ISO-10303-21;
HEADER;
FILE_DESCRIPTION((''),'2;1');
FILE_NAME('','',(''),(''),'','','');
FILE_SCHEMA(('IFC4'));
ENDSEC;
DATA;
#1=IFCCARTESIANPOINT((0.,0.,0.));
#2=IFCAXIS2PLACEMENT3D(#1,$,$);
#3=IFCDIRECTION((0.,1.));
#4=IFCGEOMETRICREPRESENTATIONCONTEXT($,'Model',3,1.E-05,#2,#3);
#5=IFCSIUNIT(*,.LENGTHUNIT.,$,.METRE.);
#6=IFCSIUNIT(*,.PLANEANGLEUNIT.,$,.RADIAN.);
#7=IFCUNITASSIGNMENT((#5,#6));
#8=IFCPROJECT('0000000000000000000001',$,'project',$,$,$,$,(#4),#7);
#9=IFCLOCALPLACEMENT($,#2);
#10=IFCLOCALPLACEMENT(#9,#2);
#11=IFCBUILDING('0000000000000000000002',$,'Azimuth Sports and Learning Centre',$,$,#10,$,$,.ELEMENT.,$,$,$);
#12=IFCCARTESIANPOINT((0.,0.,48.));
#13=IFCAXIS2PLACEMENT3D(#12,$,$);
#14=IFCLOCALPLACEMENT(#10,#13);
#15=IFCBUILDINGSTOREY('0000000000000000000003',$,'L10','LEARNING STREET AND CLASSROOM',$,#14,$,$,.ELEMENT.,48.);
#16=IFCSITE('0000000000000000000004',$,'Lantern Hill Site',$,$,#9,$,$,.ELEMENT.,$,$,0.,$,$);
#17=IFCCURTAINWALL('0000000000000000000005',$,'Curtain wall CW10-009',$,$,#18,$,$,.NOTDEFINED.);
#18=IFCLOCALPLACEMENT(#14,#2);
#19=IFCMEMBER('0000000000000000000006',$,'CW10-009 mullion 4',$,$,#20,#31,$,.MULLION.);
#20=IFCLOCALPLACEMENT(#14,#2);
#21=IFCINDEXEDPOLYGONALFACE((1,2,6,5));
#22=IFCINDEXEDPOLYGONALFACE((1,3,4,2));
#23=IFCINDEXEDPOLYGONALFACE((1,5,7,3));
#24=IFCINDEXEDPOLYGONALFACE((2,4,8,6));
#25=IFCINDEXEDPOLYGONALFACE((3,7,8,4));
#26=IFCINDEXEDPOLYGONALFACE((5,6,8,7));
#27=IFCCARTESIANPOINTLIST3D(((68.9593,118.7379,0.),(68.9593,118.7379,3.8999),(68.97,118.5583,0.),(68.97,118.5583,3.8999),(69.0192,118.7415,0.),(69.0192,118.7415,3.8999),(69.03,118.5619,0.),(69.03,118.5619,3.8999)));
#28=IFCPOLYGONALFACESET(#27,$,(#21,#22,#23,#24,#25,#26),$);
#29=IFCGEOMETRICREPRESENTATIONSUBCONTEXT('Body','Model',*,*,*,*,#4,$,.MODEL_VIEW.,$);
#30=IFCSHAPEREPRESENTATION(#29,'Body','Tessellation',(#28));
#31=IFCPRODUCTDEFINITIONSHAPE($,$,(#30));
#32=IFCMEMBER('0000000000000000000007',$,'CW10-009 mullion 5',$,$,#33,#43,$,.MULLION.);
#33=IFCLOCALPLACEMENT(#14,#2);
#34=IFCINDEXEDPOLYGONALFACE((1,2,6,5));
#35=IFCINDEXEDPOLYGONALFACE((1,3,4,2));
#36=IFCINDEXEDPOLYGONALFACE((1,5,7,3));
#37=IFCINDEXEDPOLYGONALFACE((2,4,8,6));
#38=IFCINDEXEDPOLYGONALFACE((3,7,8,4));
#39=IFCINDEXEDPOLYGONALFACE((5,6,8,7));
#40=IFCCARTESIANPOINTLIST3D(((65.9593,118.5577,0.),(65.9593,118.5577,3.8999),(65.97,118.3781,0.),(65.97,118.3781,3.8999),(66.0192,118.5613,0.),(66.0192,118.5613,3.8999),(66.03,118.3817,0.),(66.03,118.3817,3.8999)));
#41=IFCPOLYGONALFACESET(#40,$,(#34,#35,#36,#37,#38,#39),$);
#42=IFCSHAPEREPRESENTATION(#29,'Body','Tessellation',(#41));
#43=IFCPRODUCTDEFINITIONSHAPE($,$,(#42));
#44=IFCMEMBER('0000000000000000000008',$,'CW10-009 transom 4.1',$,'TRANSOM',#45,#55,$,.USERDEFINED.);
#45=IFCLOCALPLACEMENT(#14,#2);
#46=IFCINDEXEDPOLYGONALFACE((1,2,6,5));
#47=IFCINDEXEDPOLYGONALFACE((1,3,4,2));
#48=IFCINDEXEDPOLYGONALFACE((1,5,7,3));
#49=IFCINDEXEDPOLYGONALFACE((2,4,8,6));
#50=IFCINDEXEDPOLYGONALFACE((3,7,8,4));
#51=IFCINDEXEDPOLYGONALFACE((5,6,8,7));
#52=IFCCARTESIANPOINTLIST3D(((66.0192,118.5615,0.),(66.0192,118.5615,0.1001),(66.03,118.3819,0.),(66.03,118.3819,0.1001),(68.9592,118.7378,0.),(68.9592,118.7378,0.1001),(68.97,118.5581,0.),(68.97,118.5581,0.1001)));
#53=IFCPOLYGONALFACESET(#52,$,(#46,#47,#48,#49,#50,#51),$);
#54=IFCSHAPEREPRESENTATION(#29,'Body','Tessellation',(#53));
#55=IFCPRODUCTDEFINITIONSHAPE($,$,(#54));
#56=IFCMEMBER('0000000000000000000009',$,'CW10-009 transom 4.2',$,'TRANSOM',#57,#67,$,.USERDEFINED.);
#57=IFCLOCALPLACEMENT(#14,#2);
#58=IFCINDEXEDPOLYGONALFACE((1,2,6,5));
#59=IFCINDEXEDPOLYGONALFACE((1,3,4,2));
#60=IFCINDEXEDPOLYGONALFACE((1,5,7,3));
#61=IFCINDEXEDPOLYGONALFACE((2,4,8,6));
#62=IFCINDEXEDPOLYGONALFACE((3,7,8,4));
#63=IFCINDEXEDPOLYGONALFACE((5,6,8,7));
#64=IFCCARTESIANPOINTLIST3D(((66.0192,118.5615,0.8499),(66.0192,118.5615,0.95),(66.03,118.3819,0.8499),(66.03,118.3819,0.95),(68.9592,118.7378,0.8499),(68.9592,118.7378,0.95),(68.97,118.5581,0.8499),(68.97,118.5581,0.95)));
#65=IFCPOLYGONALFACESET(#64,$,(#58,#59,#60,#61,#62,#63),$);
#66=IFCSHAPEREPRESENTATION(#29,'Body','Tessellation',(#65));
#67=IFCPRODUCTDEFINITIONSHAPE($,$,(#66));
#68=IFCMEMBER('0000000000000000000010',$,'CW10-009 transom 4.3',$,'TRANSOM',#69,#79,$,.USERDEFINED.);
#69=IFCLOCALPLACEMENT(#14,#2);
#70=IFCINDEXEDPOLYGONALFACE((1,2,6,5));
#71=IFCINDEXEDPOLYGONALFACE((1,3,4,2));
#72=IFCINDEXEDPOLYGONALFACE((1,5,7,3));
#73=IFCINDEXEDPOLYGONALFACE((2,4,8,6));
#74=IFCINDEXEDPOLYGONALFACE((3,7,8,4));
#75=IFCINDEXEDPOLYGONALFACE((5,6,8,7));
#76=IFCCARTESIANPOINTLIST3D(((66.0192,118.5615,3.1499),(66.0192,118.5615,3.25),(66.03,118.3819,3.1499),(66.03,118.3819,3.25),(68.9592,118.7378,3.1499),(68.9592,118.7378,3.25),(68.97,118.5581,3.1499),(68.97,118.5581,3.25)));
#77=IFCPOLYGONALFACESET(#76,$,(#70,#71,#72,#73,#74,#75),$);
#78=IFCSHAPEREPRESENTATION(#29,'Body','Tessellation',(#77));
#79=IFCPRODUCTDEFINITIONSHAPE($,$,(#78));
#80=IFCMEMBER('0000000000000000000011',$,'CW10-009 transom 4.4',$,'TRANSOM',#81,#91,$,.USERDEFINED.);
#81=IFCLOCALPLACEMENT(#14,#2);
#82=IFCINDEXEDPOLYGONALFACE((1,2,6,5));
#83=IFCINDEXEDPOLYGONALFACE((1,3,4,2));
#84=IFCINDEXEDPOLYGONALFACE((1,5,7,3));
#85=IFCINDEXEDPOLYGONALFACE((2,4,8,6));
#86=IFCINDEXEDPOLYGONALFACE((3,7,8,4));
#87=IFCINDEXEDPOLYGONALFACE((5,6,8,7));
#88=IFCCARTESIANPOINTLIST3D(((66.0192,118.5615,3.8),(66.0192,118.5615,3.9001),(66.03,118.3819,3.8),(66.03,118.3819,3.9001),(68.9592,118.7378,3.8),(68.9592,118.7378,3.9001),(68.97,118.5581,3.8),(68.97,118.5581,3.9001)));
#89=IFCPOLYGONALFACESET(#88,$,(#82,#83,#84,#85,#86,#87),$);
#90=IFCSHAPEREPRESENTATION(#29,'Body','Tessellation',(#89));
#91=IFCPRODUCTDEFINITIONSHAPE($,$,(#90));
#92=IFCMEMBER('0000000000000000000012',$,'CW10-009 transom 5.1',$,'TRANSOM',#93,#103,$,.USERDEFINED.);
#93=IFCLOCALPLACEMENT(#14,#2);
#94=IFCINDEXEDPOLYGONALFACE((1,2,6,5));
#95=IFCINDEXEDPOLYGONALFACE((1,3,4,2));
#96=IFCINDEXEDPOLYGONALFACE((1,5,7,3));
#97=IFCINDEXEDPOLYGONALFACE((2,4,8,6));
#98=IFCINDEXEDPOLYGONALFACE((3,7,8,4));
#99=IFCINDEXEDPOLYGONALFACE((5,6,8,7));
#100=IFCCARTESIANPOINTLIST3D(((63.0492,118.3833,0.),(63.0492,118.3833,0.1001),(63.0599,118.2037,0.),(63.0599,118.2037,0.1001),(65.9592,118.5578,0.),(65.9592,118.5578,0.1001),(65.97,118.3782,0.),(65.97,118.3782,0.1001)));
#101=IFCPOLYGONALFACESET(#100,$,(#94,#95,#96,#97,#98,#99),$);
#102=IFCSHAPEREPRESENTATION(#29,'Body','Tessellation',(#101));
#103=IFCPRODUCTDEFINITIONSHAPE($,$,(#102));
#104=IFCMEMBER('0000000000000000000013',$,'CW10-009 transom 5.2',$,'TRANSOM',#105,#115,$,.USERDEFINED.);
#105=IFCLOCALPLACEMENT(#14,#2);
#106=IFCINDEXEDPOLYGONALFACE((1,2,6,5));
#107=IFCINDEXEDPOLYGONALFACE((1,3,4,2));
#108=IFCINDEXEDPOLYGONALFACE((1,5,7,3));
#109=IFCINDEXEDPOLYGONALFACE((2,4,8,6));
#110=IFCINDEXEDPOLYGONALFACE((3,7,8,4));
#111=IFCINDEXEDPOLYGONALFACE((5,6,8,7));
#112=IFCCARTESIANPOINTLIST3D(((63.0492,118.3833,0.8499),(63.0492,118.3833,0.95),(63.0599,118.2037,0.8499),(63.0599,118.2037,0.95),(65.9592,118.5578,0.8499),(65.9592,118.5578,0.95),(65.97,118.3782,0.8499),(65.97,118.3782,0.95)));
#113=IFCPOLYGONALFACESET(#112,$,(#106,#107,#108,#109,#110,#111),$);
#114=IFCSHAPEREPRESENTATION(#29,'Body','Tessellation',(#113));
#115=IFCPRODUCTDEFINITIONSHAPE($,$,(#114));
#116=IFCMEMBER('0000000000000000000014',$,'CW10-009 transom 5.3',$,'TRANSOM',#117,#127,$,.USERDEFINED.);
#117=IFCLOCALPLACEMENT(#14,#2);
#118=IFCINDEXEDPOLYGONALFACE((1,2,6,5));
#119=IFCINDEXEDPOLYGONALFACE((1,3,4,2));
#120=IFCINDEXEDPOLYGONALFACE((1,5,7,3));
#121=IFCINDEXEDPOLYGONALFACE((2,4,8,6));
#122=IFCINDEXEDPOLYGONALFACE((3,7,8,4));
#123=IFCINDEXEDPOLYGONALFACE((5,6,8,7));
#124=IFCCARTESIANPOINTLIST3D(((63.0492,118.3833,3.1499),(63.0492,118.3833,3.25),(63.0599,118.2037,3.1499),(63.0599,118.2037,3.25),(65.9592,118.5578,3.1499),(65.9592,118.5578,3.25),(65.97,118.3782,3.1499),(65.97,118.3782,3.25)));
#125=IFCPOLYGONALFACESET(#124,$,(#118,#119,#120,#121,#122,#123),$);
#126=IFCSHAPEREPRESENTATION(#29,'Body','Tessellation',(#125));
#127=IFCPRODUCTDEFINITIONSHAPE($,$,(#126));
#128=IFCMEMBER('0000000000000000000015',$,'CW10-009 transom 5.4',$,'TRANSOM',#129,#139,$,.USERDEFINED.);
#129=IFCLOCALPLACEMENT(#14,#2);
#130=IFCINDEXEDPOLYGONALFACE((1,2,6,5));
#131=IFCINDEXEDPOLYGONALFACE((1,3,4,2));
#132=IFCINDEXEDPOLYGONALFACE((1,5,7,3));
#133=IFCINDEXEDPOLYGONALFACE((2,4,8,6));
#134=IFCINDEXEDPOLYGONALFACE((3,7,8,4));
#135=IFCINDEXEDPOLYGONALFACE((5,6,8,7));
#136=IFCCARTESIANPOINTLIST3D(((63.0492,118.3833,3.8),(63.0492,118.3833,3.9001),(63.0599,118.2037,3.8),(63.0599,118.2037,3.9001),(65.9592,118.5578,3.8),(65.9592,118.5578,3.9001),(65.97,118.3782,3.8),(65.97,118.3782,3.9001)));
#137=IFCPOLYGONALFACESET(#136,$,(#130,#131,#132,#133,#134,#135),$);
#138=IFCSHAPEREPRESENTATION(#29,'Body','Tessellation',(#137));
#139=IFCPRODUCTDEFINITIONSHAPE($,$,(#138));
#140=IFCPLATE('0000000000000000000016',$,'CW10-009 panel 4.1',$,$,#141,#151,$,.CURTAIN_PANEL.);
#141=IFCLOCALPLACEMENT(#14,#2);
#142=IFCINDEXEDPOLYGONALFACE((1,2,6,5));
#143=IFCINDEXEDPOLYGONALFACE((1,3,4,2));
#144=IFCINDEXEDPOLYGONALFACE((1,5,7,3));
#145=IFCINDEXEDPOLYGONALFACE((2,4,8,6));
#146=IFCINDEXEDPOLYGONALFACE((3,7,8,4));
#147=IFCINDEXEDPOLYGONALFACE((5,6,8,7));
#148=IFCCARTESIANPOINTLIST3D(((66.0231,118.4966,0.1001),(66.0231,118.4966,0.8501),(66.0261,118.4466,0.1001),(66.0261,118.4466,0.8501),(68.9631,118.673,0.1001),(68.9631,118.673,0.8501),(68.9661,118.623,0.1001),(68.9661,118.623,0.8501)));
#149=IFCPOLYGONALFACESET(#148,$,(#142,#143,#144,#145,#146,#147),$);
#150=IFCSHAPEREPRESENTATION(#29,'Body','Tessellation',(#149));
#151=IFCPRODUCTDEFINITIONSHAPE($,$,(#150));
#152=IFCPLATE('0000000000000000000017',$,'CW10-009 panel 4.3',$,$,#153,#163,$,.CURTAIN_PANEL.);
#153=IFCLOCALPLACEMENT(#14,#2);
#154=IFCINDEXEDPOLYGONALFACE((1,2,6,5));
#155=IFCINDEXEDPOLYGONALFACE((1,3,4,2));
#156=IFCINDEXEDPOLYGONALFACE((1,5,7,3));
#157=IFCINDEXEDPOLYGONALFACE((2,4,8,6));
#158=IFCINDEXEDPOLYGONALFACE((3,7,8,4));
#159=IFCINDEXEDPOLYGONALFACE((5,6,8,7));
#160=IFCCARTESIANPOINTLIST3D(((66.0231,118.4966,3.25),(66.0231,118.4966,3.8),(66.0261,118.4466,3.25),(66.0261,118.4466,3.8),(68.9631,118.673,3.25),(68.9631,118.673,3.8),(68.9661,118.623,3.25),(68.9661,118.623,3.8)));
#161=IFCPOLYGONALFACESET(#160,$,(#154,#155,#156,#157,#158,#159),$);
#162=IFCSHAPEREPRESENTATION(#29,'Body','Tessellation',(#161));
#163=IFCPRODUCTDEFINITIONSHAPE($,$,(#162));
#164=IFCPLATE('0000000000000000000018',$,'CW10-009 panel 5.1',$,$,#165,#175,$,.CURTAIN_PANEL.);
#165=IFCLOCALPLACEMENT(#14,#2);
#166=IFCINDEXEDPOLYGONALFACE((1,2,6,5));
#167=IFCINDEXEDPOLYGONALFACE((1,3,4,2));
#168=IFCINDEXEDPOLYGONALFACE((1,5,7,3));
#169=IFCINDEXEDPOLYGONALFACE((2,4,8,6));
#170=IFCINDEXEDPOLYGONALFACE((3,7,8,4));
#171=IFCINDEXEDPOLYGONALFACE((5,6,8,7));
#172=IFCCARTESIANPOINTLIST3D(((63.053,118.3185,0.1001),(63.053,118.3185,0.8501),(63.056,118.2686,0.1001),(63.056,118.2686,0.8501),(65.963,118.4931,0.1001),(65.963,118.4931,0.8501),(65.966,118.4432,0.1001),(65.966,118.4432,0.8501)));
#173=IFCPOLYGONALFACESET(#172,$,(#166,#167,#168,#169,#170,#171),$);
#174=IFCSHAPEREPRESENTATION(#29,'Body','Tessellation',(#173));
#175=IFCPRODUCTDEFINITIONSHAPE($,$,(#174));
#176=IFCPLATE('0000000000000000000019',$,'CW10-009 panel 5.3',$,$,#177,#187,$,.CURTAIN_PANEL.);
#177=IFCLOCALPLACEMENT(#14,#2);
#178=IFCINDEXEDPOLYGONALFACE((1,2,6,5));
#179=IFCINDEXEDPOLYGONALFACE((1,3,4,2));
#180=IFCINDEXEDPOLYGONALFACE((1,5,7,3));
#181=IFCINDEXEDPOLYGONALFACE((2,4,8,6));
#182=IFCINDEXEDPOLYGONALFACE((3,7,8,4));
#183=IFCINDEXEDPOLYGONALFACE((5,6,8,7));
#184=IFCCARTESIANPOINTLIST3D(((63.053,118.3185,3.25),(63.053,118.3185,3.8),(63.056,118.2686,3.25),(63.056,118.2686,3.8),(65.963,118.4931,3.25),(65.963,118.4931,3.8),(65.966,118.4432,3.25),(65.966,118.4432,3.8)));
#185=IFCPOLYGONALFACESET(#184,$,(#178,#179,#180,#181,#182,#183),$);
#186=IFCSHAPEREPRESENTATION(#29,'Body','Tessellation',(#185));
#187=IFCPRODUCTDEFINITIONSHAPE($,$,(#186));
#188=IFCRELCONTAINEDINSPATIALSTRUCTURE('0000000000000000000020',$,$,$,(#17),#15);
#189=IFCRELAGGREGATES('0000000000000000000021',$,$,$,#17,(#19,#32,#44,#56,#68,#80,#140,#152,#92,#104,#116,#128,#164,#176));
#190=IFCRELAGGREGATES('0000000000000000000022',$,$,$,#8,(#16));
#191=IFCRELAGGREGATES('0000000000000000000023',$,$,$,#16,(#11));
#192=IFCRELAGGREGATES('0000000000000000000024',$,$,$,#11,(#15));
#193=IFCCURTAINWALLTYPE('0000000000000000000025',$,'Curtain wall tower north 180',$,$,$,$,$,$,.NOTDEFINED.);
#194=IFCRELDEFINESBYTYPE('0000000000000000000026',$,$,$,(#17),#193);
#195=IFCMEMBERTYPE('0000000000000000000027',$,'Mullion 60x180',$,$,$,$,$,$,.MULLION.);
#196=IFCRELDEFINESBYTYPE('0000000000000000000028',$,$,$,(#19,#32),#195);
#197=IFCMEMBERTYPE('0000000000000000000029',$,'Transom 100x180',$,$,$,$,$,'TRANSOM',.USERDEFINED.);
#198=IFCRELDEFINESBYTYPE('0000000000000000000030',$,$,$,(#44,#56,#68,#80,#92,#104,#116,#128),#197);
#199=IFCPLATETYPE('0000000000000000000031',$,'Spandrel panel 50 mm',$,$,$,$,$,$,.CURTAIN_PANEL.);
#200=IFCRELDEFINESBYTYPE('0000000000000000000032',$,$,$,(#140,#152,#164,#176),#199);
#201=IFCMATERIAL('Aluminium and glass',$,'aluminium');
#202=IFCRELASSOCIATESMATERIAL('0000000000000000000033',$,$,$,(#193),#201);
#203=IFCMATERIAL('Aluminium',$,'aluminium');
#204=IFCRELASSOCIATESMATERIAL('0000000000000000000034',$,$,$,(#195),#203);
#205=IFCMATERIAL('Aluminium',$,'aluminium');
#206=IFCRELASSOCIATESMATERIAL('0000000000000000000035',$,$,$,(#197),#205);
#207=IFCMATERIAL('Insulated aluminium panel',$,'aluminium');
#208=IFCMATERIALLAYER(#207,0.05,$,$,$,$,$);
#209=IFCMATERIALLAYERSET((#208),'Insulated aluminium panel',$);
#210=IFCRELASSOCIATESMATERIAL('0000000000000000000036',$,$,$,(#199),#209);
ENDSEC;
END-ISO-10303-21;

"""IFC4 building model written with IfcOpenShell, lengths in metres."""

from ifc_helpers import new_model, si_unit, direction, frame, origin, origin_2d, place, context, subcontext, project, spatial, rectangle, extrude, material, layer, layer_set, material_profile, profile_set, type_object, element, aggregate, save


model = new_model("IFC4")

# Units and contexts
model_context = context("Model", 3, precision=1e-05, world=origin(), true_north=direction((0.0, 1.0)))
body_context = subcontext(model_context, "Body", "Model", "MODEL_VIEW")
ifc_project = project(units=[si_unit("LENGTHUNIT", "METRE"), si_unit("PLANEANGLEUNIT", "RADIAN")], contexts=[model_context])

# Site, building, storey
site_placement = place(None, origin())
site = spatial("IfcSite", under=ifc_project, at=site_placement, Name="Lantern Hill Site", CompositionType="ELEMENT", RefElevation=0.0)
building_placement = place(site_placement, origin())
building = spatial("IfcBuilding", under=site, at=building_placement, Name="Azimuth Sports and Learning Centre", CompositionType="ELEMENT")
storey_placement = place(building_placement, frame((0.0, 0.0, 48.0)))
storey = spatial("IfcBuildingStorey", under=building, at=storey_placement, Name="L10", Description="LEARNING STREET AND CLASSROOM", CompositionType="ELEMENT", Elevation=48.0)

# Curtain wall, members, plates
ifc_material_1 = material(Name="Aluminium and glass", Category="aluminium")
curtain_wall_type = type_object("IfcCurtainWallType", Name="Curtain wall tower north 180", PredefinedType="NOTDEFINED", material=ifc_material_1)
curtain_wall_placement = place(storey_placement, origin())
curtain_wall = element("IfcCurtainWall", 1, at=curtain_wall_placement, inside=storey, type_object=curtain_wall_type, Name="Curtain wall CW10-009", PredefinedType="NOTDEFINED")
ifc_material_2 = material(Name="Aluminium", Category="aluminium")
ifc_material_profile_1 = material_profile(ifc_material_2, rectangle(XDim=0.1799, YDim=0.0601, at=origin_2d()), Name="Mullion 60x180")
ifc_profile_set_1 = profile_set([ifc_material_profile_1], Name="Aluminium")
member_type_1 = type_object("IfcMemberType", Name="Mullion 60x180", PredefinedType="MULLION", material=ifc_profile_set_1)
member_1_placement = place(storey_placement, frame((68.9946, 118.6499, 0.0), z_axis=(0.0, 0.0, 1.0), x_axis=(0.059892, -0.998205, 0.0)))
member_1 = element("IfcMember", 2, at=member_1_placement, type_object=member_type_1, Name="CW10-009 mullion 4", PredefinedType="MULLION", context=body_context, shape_type="SweptSolid", body=[
    extrude(rectangle(XDim=0.1799, YDim=0.0601, at=origin_2d()), origin(), (0.0, 0.0, 1.0), 3.8999),
])
member_2_placement = place(storey_placement, frame((65.9946, 118.4697, 0.0), z_axis=(0.0, 0.0, 1.0), x_axis=(0.059892, -0.998205, 0.0)))
member_2 = element("IfcMember", 3, at=member_2_placement, type_object=member_type_1, Name="CW10-009 mullion 5", PredefinedType="MULLION", context=body_context, shape_type="SweptSolid", body=[
    extrude(rectangle(XDim=0.1799, YDim=0.0601, at=origin_2d()), origin(), (0.0, 0.0, 1.0), 3.8999),
])
ifc_material_3 = material(Name="Aluminium", Category="aluminium")
ifc_material_profile_2 = material_profile(ifc_material_3, rectangle(XDim=0.1799, YDim=0.1001, at=origin_2d()), Name="Transom 100x180")
ifc_profile_set_2 = profile_set([ifc_material_profile_2], Name="Aluminium")
member_type_2 = type_object("IfcMemberType", Name="Transom 100x180", ElementType="TRANSOM", PredefinedType="USERDEFINED", material=ifc_profile_set_2)
member_3_placement = place(storey_placement, frame((68.9646, 118.6479, 0.05), z_axis=(-0.998207, -0.059849, 0.0), x_axis=(0.059849, -0.998207, 0.0)))
member_3 = element("IfcMember", 4, at=member_3_placement, type_object=member_type_2, Name="CW10-009 transom 4.1", ObjectType="TRANSOM", PredefinedType="USERDEFINED", context=body_context, shape_type="SweptSolid", body=[
    extrude(rectangle(XDim=0.1799, YDim=0.1001, at=origin_2d()), origin(), (0.0, 0.0, 1.0), 2.9453),
])
member_4_placement = place(storey_placement, frame((68.9646, 118.6479, 0.8999), z_axis=(-0.998207, -0.059849, 0.0), x_axis=(0.059849, -0.998207, 0.0)))
member_4 = element("IfcMember", 5, at=member_4_placement, type_object=member_type_2, Name="CW10-009 transom 4.2", ObjectType="TRANSOM", PredefinedType="USERDEFINED", context=body_context, shape_type="SweptSolid", body=[
    extrude(rectangle(XDim=0.1799, YDim=0.1001, at=origin_2d()), origin(), (0.0, 0.0, 1.0), 2.9453),
])
member_5_placement = place(storey_placement, frame((68.9646, 118.6479, 3.2), z_axis=(-0.998207, -0.059849, 0.0), x_axis=(0.059849, -0.998207, 0.0)))
member_5 = element("IfcMember", 6, at=member_5_placement, type_object=member_type_2, Name="CW10-009 transom 4.3", ObjectType="TRANSOM", PredefinedType="USERDEFINED", context=body_context, shape_type="SweptSolid", body=[
    extrude(rectangle(XDim=0.1799, YDim=0.1001, at=origin_2d()), origin(), (0.0, 0.0, 1.0), 2.9453),
])
member_6_placement = place(storey_placement, frame((68.9646, 118.6479, 3.8501), z_axis=(-0.998207, -0.059849, 0.0), x_axis=(0.059849, -0.998207, 0.0)))
member_6 = element("IfcMember", 7, at=member_6_placement, type_object=member_type_2, Name="CW10-009 transom 4.4", ObjectType="TRANSOM", PredefinedType="USERDEFINED", context=body_context, shape_type="SweptSolid", body=[
    extrude(rectangle(XDim=0.1799, YDim=0.1001, at=origin_2d()), origin(), (0.0, 0.0, 1.0), 2.9453),
])
member_7_placement = place(storey_placement, frame((65.9646, 118.468, 0.05), z_axis=(-0.998206, -0.059876, 0.0), x_axis=(0.059876, -0.998206, 0.0)))
member_7 = element("IfcMember", 8, at=member_7_placement, type_object=member_type_2, Name="CW10-009 transom 5.1", ObjectType="TRANSOM", PredefinedType="USERDEFINED", context=body_context, shape_type="SweptSolid", body=[
    extrude(rectangle(XDim=0.1799, YDim=0.1001, at=origin_2d()), origin(), (0.0, 0.0, 1.0), 2.9153),
])
member_8_placement = place(storey_placement, frame((65.9646, 118.468, 0.8999), z_axis=(-0.998206, -0.059876, 0.0), x_axis=(0.059876, -0.998206, 0.0)))
member_8 = element("IfcMember", 9, at=member_8_placement, type_object=member_type_2, Name="CW10-009 transom 5.2", ObjectType="TRANSOM", PredefinedType="USERDEFINED", context=body_context, shape_type="SweptSolid", body=[
    extrude(rectangle(XDim=0.1799, YDim=0.1001, at=origin_2d()), origin(), (0.0, 0.0, 1.0), 2.9153),
])
member_9_placement = place(storey_placement, frame((65.9646, 118.468, 3.2), z_axis=(-0.998206, -0.059876, 0.0), x_axis=(0.059876, -0.998206, 0.0)))
member_9 = element("IfcMember", 10, at=member_9_placement, type_object=member_type_2, Name="CW10-009 transom 5.3", ObjectType="TRANSOM", PredefinedType="USERDEFINED", context=body_context, shape_type="SweptSolid", body=[
    extrude(rectangle(XDim=0.1799, YDim=0.1001, at=origin_2d()), origin(), (0.0, 0.0, 1.0), 2.9153),
])
member_10_placement = place(storey_placement, frame((65.9646, 118.468, 3.8501), z_axis=(-0.998206, -0.059876, 0.0), x_axis=(0.059876, -0.998206, 0.0)))
member_10 = element("IfcMember", 11, at=member_10_placement, type_object=member_type_2, Name="CW10-009 transom 5.4", ObjectType="TRANSOM", PredefinedType="USERDEFINED", context=body_context, shape_type="SweptSolid", body=[
    extrude(rectangle(XDim=0.1799, YDim=0.1001, at=origin_2d()), origin(), (0.0, 0.0, 1.0), 2.9153),
])
ifc_material_4 = material(Name="Insulated aluminium panel", Category="aluminium")
ifc_layer_1 = layer(ifc_material_4, 0.05)
ifc_layer_set_1 = layer_set([ifc_layer_1], Name="Insulated aluminium panel")
plate_type_1 = type_object("IfcPlateType", Name="Spandrel panel 50 mm", PredefinedType="CURTAIN_PANEL", material=ifc_layer_set_1)
plate_1_placement = place(storey_placement, frame((67.4946, 118.5598, 0.1001), z_axis=(0.0, 0.0, 1.0), x_axis=(-0.998205, -0.059892, 0.0)))
plate_1 = element("IfcPlate", 12, at=plate_1_placement, type_object=plate_type_1, Name="CW10-009 panel 4.1", PredefinedType="CURTAIN_PANEL", context=body_context, shape_type="SweptSolid", body=[
    extrude(rectangle(XDim=2.9453, YDim=0.05, at=origin_2d()), origin(), (0.0, 0.0, 1.0), 0.75),
])
plate_2_placement = place(storey_placement, frame((67.4946, 118.5598, 3.25), z_axis=(0.0, 0.0, 1.0), x_axis=(-0.998205, -0.059892, 0.0)))
plate_2 = element("IfcPlate", 13, at=plate_2_placement, type_object=plate_type_1, Name="CW10-009 panel 4.3", PredefinedType="CURTAIN_PANEL", context=body_context, shape_type="SweptSolid", body=[
    extrude(rectangle(XDim=2.9453, YDim=0.05, at=origin_2d()), origin(), (0.0, 0.0, 1.0), 0.55),
])
plate_3_placement = place(storey_placement, frame((64.5095, 118.3809, 0.1001), z_axis=(0.0, 0.0, 1.0), x_axis=(-0.998205, -0.059892, 0.0)))
plate_3 = element("IfcPlate", 14, at=plate_3_placement, type_object=plate_type_1, Name="CW10-009 panel 5.1", PredefinedType="CURTAIN_PANEL", context=body_context, shape_type="SweptSolid", body=[
    extrude(rectangle(XDim=2.9153, YDim=0.05, at=origin_2d()), origin(), (0.0, 0.0, 1.0), 0.75),
])
plate_4_placement = place(storey_placement, frame((64.5095, 118.3809, 3.25), z_axis=(0.0, 0.0, 1.0), x_axis=(-0.998205, -0.059892, 0.0)))
plate_4 = element("IfcPlate", 15, at=plate_4_placement, type_object=plate_type_1, Name="CW10-009 panel 5.3", PredefinedType="CURTAIN_PANEL", context=body_context, shape_type="SweptSolid", body=[
    extrude(rectangle(XDim=2.9153, YDim=0.05, at=origin_2d()), origin(), (0.0, 0.0, 1.0), 0.55),
])
aggregate(curtain_wall, [member_1, member_2, member_3, member_4, member_5, member_6, plate_1, plate_2, member_7, member_8, member_9, member_10, plate_3, plate_4])

save(model, "model.ifc")
